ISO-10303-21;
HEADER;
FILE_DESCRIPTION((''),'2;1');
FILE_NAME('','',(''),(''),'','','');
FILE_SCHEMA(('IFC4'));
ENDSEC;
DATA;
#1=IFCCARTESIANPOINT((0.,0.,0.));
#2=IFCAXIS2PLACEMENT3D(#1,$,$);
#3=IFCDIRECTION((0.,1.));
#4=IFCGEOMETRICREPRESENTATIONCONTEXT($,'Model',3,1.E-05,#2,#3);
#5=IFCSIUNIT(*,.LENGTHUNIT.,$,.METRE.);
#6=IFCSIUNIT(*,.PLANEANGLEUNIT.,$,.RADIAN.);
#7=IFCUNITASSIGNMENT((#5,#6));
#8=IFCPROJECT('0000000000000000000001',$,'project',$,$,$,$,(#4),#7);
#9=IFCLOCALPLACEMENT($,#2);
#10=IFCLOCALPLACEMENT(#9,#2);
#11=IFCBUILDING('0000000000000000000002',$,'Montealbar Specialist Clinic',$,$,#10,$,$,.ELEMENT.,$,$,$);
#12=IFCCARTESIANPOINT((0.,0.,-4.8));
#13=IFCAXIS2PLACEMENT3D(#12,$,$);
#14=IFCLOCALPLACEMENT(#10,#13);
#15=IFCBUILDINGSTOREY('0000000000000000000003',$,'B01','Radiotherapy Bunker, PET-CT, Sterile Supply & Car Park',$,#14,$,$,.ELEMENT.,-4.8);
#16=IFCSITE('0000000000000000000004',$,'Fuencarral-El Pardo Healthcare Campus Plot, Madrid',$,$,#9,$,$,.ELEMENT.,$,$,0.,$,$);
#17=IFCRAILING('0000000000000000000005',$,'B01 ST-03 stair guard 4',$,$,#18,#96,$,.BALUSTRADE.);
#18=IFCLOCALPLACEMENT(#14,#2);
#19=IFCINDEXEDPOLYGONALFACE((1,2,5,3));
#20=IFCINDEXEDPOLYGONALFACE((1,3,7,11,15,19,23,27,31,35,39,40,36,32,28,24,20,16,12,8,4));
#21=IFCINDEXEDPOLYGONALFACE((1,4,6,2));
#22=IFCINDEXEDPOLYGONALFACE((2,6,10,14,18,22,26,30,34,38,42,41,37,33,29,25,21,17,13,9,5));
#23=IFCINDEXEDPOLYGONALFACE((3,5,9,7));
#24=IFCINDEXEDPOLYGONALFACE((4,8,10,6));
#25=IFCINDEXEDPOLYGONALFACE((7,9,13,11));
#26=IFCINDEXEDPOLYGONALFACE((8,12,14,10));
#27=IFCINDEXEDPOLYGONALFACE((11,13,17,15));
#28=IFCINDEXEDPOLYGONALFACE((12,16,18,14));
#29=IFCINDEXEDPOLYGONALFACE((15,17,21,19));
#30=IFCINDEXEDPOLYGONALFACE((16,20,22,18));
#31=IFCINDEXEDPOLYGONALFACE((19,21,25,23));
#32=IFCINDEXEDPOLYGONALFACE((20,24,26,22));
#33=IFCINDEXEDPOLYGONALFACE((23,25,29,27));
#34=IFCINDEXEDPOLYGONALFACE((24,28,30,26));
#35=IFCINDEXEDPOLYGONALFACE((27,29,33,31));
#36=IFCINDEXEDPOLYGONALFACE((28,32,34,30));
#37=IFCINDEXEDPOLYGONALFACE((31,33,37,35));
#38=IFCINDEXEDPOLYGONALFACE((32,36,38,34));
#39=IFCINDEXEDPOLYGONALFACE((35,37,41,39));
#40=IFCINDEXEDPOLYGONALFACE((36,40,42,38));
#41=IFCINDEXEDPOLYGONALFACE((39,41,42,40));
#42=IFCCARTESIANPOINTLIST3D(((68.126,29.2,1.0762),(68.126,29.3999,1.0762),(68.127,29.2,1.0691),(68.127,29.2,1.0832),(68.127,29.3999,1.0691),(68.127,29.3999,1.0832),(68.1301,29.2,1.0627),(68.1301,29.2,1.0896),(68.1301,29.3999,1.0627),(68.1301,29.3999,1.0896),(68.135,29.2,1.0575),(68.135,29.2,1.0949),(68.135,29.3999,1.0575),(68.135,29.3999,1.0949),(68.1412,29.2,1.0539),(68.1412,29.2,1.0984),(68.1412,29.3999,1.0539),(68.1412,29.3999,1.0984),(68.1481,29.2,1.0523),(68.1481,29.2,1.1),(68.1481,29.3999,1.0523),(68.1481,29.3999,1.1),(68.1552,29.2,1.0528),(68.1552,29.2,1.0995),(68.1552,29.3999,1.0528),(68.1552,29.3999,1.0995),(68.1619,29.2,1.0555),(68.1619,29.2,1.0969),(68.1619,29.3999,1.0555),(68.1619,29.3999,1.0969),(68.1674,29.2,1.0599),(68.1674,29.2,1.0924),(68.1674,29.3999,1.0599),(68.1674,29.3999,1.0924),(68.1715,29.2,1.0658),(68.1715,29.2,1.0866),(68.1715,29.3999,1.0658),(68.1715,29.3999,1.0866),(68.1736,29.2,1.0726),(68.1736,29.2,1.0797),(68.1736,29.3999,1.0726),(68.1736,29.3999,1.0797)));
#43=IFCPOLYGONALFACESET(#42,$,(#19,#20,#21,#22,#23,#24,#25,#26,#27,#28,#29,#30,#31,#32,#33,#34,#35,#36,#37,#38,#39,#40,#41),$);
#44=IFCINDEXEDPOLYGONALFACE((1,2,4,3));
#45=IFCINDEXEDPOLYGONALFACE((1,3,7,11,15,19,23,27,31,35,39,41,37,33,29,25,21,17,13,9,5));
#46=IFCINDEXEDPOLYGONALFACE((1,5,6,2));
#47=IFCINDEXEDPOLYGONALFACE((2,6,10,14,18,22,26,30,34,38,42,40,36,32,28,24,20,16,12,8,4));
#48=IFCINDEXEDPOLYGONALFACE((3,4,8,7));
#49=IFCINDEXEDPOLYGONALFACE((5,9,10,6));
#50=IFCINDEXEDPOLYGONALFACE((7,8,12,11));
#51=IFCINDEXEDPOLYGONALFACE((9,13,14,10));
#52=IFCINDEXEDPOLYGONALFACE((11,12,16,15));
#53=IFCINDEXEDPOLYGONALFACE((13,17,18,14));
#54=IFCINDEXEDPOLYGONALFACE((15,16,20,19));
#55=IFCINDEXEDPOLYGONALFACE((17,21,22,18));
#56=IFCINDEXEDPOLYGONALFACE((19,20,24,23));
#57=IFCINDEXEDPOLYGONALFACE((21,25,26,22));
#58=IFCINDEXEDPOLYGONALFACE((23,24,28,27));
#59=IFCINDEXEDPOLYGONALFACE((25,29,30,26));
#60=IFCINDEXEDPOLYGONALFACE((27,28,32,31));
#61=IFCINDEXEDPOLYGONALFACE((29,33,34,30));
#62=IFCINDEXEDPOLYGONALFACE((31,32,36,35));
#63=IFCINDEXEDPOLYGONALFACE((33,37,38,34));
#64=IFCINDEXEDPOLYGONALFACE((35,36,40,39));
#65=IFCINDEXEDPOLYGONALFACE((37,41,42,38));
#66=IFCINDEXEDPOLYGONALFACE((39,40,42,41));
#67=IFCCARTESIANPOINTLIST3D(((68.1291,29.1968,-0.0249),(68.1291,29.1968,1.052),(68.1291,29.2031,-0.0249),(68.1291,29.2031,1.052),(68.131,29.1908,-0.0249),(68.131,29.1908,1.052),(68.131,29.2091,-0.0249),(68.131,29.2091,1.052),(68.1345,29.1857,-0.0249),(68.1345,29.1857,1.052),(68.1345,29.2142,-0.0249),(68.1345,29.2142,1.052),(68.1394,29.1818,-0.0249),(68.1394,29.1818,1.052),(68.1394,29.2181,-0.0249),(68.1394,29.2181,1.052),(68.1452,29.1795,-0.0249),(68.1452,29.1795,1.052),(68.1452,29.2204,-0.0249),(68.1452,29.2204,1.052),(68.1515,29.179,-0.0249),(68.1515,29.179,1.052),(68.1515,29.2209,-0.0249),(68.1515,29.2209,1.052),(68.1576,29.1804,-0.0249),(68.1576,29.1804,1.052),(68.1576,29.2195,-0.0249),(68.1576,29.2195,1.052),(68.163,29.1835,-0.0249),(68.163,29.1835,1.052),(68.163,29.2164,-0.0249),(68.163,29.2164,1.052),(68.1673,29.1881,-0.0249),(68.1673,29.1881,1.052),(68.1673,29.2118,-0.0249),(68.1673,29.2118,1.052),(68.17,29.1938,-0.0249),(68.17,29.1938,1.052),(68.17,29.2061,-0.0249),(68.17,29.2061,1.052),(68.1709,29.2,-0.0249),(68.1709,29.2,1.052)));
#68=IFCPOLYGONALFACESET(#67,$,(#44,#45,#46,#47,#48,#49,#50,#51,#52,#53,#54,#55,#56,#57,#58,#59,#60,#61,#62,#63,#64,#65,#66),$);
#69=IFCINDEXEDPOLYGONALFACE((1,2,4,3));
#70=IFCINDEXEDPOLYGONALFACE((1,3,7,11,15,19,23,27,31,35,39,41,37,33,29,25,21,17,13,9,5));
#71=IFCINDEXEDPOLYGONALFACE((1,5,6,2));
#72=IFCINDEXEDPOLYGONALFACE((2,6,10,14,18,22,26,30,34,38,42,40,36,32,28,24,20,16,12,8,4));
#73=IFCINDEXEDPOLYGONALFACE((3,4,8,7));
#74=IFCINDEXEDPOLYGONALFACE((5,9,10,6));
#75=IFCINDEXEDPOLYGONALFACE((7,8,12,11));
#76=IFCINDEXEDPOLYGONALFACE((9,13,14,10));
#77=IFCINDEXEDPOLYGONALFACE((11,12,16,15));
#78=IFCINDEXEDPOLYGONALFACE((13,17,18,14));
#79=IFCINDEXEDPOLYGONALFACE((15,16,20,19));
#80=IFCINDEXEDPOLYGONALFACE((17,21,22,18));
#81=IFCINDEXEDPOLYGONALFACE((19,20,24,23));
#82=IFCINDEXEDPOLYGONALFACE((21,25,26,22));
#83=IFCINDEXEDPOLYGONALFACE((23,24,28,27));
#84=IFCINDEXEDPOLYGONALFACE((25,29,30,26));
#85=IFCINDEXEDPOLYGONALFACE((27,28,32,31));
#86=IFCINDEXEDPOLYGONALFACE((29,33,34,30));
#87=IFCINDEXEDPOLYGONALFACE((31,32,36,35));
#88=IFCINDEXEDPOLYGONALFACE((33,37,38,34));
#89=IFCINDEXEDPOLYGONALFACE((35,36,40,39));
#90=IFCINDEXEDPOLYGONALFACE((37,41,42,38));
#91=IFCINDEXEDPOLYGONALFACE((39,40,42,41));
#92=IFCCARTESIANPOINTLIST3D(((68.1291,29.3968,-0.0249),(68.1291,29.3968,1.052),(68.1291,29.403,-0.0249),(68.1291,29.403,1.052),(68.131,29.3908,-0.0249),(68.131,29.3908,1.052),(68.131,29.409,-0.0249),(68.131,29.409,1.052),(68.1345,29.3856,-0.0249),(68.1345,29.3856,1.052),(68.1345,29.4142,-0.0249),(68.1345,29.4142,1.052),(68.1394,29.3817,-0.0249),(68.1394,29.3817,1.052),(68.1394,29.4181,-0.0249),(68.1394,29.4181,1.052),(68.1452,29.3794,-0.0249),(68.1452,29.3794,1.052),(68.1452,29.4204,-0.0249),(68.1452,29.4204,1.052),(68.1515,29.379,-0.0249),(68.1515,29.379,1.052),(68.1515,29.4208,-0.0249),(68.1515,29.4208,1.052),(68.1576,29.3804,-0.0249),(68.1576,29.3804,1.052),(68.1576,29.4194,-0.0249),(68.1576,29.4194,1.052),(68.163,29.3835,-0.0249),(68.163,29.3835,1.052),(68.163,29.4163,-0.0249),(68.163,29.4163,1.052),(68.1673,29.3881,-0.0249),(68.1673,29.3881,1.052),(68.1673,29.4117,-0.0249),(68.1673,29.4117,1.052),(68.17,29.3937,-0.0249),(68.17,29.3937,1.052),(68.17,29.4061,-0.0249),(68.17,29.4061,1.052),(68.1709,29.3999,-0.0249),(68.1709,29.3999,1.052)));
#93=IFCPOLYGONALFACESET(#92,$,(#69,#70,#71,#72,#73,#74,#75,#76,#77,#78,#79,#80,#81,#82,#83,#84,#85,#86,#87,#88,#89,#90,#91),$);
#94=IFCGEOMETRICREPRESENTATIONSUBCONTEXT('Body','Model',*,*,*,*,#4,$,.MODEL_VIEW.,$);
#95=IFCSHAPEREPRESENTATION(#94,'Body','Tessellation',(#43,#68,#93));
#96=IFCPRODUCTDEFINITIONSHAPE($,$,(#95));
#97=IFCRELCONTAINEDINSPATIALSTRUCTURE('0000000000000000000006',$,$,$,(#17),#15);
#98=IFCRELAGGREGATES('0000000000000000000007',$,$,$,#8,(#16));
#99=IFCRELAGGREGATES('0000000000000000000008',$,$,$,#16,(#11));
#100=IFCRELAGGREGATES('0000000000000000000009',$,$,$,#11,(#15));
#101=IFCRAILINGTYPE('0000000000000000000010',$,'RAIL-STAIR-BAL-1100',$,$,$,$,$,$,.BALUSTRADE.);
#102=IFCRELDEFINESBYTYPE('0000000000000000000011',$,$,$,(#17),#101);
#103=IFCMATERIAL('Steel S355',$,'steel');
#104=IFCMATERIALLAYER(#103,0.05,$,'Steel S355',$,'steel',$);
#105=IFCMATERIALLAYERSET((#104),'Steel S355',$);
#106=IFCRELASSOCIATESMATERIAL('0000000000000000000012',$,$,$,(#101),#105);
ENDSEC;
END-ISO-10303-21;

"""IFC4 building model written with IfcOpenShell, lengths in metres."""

from ifc_helpers import new_model, si_unit, direction, frame, origin, origin_2d, place, context, subcontext, project, spatial, circle, extrude, material, layer, layer_set, type_object, element, save


model = new_model("IFC4")

# Units and contexts
model_context = context("Model", 3, precision=1e-05, world=origin(), true_north=direction((0.0, 1.0)))
body_context = subcontext(model_context, "Body", "Model", "MODEL_VIEW")
ifc_project = project(units=[si_unit("LENGTHUNIT", "METRE"), si_unit("PLANEANGLEUNIT", "RADIAN")], contexts=[model_context])

# Site, building, storey
site_placement = place(None, origin())
site = spatial("IfcSite", under=ifc_project, at=site_placement, Name="Fuencarral-El Pardo Healthcare Campus Plot, Madrid", CompositionType="ELEMENT", RefElevation=0.0)
building_placement = place(site_placement, origin())
building = spatial("IfcBuilding", under=site, at=building_placement, Name="Montealbar Specialist Clinic", CompositionType="ELEMENT")
storey_placement = place(building_placement, frame((0.0, 0.0, -4.8)))
storey = spatial("IfcBuildingStorey", under=building, at=storey_placement, Name="B01", Description="Radiotherapy Bunker, PET-CT, Sterile Supply & Car Park", CompositionType="ELEMENT", Elevation=-4.8)

# Shared definitions
ifc_material_1 = material(Name="Steel S355", Category="steel")

# Railing
ifc_layer_1 = layer(ifc_material_1, 0.05, Name="Steel S355", Category="steel")
ifc_layer_set_1 = layer_set([ifc_layer_1], Name="Steel S355")
railing_type_1 = type_object("IfcRailingType", Name="RAIL-STAIR-BAL-1100", PredefinedType="BALUSTRADE", material=ifc_layer_set_1)
railing_1_placement = place(storey_placement, frame((68.1499, 29.2, 0.0)))
element("IfcRailing", 1, at=railing_1_placement, inside=storey, type_object=railing_type_1, Name="B01 ST-03 stair guard 4", PredefinedType="BALUSTRADE", context=body_context, shape_type="SweptSolid", body=[
    extrude(circle(Radius=0.0239, at=origin_2d()), frame((0.0, 0.0, 1.0762), z_axis=(0.0, 1.0, 0.0), x_axis=(-1.0, 0.0, 0.0)), (0.0, 0.0, 1.0), 0.2),
    extrude(circle(Radius=0.021, at=origin_2d()), frame((0.0, 0.0, -0.0249)), (0.0, 0.0, 1.0), 1.0769),
    extrude(circle(Radius=0.021, at=origin_2d()), frame((0.0, 0.2, -0.0249)), (0.0, 0.0, 1.0), 1.0769),
])

save(model, "model.ifc")
